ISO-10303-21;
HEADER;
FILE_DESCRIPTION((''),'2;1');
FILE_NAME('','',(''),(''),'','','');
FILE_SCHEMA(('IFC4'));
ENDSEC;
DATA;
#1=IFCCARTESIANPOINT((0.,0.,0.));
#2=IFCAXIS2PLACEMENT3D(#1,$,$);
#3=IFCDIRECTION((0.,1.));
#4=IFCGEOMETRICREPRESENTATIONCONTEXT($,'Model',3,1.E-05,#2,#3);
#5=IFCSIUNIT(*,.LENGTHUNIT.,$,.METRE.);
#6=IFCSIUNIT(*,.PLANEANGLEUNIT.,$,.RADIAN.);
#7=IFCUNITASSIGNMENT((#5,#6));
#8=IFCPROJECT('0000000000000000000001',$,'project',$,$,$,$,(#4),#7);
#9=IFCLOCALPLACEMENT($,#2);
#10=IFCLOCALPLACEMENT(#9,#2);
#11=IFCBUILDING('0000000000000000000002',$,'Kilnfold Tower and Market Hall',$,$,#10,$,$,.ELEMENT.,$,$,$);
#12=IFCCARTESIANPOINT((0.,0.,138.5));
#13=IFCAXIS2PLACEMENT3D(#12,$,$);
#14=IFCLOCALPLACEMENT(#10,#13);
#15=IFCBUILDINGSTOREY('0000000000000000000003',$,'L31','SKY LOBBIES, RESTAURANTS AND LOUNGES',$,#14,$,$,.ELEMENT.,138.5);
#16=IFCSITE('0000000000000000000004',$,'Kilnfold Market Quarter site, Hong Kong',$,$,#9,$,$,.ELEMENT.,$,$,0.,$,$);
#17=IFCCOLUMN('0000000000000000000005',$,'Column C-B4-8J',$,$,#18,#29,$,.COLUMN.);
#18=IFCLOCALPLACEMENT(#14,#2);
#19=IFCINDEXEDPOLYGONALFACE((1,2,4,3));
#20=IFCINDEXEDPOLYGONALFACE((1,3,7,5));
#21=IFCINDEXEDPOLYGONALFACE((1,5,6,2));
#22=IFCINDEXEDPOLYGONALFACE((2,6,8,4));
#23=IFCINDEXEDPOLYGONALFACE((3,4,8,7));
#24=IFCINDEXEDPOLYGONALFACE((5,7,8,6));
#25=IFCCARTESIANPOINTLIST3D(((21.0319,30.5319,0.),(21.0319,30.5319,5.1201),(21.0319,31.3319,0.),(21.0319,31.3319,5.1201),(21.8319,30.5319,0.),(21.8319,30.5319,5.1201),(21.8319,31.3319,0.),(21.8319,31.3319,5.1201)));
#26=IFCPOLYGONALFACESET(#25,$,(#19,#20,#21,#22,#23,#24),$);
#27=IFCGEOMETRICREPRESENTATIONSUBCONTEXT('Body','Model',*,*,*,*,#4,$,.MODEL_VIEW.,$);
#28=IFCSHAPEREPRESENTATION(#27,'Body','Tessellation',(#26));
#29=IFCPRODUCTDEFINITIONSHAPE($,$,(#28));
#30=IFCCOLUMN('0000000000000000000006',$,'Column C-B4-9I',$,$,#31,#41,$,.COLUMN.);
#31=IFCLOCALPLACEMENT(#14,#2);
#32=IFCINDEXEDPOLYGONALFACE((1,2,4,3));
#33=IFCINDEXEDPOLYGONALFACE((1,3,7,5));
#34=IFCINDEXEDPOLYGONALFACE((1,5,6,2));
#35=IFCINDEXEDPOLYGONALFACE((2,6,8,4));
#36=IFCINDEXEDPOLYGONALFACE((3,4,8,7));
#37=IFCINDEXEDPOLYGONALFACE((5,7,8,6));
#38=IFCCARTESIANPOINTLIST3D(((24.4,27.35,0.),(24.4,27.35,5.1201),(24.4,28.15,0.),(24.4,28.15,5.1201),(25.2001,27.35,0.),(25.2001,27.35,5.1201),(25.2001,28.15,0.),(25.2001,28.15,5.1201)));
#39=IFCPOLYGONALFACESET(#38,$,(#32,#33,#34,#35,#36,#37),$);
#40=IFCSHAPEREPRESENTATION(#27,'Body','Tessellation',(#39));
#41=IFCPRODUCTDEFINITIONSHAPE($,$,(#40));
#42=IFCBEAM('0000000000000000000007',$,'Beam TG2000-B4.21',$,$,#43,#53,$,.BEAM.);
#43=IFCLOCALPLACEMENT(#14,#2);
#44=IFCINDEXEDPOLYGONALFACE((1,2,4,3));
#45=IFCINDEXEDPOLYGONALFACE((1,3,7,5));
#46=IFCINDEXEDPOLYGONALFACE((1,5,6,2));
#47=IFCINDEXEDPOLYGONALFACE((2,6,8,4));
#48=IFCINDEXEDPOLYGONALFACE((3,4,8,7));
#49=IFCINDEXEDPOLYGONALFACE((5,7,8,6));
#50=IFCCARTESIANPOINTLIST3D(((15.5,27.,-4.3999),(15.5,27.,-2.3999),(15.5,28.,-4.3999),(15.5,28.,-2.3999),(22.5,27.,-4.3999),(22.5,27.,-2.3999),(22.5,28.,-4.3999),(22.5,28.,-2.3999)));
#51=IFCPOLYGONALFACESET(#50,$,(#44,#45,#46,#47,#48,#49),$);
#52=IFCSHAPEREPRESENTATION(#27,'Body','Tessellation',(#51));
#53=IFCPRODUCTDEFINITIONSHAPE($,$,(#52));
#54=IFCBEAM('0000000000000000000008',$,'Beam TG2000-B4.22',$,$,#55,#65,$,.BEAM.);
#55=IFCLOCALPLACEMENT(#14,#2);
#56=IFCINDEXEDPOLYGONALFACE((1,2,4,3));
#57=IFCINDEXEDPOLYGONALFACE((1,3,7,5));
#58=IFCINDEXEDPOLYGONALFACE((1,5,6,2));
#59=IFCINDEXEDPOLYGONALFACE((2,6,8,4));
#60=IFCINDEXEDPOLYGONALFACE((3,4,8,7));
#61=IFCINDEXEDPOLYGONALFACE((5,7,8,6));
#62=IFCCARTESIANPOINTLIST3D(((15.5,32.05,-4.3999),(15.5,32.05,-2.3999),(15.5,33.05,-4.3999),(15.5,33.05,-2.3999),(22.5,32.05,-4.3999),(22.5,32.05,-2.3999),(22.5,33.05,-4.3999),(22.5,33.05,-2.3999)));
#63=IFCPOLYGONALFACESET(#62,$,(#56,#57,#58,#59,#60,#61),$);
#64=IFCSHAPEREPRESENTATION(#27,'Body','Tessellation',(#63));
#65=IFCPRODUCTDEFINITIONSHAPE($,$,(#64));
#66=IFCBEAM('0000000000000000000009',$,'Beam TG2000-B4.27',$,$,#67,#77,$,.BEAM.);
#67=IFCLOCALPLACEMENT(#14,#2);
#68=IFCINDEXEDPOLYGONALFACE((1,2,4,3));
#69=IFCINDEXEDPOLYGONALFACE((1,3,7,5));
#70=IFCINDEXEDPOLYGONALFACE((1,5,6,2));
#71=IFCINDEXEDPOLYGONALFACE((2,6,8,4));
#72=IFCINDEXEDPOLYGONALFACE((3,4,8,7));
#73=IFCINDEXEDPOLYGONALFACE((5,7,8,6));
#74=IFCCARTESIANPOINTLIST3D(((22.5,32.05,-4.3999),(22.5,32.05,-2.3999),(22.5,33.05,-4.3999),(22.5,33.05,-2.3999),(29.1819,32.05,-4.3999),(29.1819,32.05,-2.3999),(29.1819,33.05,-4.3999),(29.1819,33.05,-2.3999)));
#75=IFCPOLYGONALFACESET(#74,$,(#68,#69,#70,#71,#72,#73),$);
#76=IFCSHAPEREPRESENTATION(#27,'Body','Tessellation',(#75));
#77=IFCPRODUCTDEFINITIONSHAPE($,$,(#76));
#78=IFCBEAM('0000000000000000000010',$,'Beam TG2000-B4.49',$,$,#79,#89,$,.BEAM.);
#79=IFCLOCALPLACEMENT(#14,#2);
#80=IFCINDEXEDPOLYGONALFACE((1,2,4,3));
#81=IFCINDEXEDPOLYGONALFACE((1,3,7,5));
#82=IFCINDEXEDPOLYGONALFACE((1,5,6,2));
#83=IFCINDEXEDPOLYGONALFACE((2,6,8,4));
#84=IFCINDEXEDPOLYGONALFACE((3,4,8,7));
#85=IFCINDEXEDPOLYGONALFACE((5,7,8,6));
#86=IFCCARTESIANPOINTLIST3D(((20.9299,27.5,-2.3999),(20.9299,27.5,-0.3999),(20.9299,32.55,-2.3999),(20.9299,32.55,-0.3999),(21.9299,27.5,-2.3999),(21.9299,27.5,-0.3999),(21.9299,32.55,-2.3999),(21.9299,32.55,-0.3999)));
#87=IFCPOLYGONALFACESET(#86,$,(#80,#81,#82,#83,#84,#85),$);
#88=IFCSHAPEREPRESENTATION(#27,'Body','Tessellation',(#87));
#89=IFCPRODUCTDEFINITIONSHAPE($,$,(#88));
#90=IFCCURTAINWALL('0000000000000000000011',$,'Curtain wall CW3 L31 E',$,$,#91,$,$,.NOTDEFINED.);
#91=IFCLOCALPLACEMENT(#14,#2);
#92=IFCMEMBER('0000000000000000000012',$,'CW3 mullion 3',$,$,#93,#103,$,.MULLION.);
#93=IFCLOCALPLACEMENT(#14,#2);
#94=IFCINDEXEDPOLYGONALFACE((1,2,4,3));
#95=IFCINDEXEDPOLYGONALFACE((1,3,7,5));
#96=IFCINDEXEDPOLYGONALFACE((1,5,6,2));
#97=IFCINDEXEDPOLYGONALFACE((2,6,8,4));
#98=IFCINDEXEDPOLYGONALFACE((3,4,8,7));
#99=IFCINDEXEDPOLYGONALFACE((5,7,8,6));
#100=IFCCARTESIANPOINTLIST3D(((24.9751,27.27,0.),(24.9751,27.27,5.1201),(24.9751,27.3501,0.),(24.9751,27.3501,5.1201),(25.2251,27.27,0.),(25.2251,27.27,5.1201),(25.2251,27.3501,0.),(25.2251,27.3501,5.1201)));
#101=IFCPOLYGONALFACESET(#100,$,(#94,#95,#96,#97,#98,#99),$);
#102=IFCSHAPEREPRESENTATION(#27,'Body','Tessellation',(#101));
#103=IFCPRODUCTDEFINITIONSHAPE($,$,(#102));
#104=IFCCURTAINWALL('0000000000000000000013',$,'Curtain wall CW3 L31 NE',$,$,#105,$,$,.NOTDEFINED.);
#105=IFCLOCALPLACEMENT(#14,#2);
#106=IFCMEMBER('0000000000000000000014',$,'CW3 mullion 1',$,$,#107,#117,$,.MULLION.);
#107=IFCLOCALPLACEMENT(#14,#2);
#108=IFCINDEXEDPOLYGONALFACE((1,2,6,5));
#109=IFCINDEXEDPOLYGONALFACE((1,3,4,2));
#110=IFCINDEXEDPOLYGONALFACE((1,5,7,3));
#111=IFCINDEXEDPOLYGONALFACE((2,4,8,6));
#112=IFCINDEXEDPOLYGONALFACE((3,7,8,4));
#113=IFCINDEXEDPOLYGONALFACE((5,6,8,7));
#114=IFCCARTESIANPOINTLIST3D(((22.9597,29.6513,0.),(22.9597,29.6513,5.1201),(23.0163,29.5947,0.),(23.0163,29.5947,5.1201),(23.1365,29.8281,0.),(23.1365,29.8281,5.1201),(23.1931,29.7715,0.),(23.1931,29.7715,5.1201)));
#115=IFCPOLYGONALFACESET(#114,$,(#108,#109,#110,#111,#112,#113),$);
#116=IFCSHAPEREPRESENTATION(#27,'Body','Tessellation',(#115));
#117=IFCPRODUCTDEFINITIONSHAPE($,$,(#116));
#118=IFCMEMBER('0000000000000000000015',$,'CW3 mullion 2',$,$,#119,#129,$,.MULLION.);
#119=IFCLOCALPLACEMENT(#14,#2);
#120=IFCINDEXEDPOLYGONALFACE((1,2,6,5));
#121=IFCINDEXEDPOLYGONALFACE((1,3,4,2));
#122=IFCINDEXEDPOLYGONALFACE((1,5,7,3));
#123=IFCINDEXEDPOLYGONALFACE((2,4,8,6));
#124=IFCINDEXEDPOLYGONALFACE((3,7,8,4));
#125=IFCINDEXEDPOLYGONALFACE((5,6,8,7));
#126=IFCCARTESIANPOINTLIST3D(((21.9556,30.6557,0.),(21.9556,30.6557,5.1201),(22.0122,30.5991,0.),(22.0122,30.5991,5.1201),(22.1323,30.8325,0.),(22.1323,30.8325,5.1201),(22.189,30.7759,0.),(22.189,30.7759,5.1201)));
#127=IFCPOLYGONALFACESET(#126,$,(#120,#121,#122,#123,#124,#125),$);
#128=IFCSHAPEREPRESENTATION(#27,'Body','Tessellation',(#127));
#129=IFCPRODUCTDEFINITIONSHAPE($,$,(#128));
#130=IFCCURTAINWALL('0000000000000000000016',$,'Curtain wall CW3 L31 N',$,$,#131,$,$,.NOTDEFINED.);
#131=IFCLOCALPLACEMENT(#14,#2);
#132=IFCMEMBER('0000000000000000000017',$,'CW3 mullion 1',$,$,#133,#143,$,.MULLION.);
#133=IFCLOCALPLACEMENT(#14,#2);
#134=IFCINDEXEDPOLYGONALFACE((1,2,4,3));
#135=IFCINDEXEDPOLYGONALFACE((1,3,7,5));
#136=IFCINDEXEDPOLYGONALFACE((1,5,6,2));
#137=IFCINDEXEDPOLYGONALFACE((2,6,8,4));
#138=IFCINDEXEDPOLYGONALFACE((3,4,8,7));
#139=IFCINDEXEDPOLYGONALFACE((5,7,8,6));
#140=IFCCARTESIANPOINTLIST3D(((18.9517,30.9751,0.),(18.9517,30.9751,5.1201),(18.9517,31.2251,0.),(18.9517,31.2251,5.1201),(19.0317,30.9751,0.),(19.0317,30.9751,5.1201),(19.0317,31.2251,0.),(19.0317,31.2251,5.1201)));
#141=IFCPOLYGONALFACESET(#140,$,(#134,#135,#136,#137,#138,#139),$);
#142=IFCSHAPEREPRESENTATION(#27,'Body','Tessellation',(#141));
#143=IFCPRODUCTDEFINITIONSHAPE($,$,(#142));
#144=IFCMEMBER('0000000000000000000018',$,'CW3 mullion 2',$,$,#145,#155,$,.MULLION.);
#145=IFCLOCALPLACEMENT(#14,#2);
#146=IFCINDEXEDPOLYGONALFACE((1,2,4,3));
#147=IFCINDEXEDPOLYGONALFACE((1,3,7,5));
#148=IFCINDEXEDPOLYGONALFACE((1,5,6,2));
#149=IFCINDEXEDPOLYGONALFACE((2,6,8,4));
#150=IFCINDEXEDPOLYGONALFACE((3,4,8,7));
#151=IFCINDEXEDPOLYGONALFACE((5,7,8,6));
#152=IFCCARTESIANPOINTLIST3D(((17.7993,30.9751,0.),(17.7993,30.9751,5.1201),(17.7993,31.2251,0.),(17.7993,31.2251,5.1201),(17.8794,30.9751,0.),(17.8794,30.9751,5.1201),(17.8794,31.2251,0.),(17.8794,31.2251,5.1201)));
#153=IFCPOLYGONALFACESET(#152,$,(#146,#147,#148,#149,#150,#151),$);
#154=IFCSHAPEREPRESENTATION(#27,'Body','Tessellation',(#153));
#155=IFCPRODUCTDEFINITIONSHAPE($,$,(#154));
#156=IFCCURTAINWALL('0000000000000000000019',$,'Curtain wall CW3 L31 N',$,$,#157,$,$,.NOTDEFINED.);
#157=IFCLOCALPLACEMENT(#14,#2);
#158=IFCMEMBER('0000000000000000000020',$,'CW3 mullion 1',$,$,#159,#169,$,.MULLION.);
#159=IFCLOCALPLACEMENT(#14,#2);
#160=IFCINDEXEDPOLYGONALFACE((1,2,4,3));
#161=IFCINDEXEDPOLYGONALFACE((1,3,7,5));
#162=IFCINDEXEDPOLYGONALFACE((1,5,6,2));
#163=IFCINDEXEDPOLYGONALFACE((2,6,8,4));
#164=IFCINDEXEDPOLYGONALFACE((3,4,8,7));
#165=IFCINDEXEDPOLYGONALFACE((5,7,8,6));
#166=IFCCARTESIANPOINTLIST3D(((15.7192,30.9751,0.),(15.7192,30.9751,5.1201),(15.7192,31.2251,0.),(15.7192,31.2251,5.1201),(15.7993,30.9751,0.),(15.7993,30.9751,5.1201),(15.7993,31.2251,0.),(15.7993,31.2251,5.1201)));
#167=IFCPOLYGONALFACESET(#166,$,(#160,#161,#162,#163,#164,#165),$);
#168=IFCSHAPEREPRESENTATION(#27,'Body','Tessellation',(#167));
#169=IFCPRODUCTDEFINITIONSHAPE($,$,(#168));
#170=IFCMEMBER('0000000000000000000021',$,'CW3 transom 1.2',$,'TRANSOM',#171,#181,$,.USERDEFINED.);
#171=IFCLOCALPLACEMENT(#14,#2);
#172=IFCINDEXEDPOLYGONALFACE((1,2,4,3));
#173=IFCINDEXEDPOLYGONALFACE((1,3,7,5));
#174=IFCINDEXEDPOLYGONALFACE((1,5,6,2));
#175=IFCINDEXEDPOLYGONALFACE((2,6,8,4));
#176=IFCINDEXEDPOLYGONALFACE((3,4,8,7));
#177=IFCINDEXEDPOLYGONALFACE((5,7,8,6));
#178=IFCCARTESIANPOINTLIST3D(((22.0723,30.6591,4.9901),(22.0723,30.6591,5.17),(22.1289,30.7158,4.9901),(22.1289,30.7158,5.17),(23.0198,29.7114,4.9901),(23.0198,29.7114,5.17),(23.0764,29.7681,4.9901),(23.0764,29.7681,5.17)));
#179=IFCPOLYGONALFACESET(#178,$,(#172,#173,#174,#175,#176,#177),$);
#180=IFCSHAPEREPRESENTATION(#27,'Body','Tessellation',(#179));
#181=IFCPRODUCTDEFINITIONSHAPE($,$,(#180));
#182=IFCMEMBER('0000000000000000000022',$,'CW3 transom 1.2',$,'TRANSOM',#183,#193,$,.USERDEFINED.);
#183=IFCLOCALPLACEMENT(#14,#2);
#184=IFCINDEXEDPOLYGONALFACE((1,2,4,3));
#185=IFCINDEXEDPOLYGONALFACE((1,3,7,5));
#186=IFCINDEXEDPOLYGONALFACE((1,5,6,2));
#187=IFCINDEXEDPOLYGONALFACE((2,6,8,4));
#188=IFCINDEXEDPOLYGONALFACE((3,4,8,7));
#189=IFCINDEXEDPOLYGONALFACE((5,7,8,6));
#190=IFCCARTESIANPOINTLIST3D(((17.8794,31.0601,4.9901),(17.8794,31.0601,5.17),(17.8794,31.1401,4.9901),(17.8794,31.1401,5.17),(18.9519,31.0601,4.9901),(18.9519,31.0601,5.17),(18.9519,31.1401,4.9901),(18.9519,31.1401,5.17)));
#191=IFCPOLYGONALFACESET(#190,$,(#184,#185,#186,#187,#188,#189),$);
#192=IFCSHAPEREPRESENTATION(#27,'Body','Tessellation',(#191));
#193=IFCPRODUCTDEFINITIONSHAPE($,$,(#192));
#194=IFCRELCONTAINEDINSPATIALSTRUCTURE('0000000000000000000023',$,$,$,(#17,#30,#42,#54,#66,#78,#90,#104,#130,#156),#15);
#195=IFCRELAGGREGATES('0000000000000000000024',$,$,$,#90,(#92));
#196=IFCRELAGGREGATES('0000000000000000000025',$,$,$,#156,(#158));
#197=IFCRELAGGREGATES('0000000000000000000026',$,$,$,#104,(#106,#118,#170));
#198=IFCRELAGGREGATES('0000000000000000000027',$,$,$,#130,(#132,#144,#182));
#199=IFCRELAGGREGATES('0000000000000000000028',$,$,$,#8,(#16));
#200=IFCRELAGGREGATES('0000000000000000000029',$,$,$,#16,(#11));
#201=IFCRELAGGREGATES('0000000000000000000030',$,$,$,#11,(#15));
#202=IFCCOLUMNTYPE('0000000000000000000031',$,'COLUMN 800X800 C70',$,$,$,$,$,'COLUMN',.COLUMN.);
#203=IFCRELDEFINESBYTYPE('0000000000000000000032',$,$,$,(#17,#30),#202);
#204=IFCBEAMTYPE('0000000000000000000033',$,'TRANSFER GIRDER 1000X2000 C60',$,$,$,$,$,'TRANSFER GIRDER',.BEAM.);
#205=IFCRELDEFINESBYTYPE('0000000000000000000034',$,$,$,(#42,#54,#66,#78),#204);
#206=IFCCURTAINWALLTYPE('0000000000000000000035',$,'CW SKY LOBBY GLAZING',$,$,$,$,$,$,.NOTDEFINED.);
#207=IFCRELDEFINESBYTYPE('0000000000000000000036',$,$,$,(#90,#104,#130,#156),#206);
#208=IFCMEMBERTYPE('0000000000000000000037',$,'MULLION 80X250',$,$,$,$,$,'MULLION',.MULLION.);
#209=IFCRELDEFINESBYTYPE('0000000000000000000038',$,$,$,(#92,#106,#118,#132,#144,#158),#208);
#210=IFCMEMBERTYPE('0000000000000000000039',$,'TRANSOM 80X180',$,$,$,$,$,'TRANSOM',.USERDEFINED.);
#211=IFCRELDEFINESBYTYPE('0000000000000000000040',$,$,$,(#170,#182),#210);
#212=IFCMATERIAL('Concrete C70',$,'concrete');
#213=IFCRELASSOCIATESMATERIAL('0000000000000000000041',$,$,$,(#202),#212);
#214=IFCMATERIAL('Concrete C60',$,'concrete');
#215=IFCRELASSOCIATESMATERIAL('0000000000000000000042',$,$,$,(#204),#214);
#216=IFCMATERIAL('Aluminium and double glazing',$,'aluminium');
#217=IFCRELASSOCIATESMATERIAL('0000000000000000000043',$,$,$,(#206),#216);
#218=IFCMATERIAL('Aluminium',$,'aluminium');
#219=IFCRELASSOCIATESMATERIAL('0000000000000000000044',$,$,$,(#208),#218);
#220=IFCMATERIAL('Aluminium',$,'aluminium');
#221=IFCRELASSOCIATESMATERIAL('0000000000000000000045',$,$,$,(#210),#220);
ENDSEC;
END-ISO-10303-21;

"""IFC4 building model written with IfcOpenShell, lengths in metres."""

from ifc_helpers import new_model, si_unit, direction, frame, origin, origin_2d, place, context, subcontext, project, spatial, rectangle, extrude, source, transform, mapped, material, material_profile, profile_set, type_object, element, aggregate, save


model = new_model("IFC4")

# Units and contexts
model_context = context("Model", 3, precision=1e-05, world=origin(), true_north=direction((0.0, 1.0)))
body_context = subcontext(model_context, "Body", "Model", "MODEL_VIEW")
ifc_project = project(units=[si_unit("LENGTHUNIT", "METRE"), si_unit("PLANEANGLEUNIT", "RADIAN")], contexts=[model_context])

# Site, building, storey
site_placement = place(None, origin())
site = spatial("IfcSite", under=ifc_project, at=site_placement, Name="Kilnfold Market Quarter site, Hong Kong", CompositionType="ELEMENT", RefElevation=0.0)
building_placement = place(site_placement, origin())
building = spatial("IfcBuilding", under=site, at=building_placement, Name="Kilnfold Tower and Market Hall", CompositionType="ELEMENT")
storey_placement = place(building_placement, frame((0.0, 0.0, 138.5)))
storey = spatial("IfcBuildingStorey", under=building, at=storey_placement, Name="L31", Description="SKY LOBBIES, RESTAURANTS AND LOUNGES", CompositionType="ELEMENT", Elevation=138.5)

# Columns
ifc_material_1 = material(Name="Concrete C70", Category="concrete")
ifc_material_profile_1 = material_profile(ifc_material_1, rectangle(XDim=0.8, YDim=0.8, at=origin_2d()), Name="RC 800x800")
ifc_profile_set_1 = profile_set([ifc_material_profile_1], Name="Concrete C70")
column_type = type_object("IfcColumnType", Name="COLUMN 800X800 C70", ElementType="COLUMN", PredefinedType="COLUMN", material=ifc_profile_set_1)
shared_shape_1 = source(origin(), body_context, "Body", "SweptSolid", [
    extrude(rectangle(XDim=0.8, YDim=0.8, at=origin_2d()), origin(), (0.0, 0.0, 1.0), 5.1201),
])
for number, where, z_axis, x_axis, name in (
    (1, (21.4319, 30.9319, 0.0), (0.0, 0.0, 1.0), (1.0, 0.0, 0.0), "Column C-B4-8J"),
    (2, (24.8, 27.75, 0.0), (0.0, 0.0, 1.0), (1.0, 0.0, 0.0), "Column C-B4-9I"),
):
    element("IfcColumn", number, at=place(storey_placement, frame(where, z_axis=z_axis, x_axis=x_axis)), inside=storey, type_object=column_type, Name=name, PredefinedType="COLUMN", context=body_context, shape_type="MappedRepresentation", body=[
        mapped(shared_shape_1, transform((0.0, 0.0, 0.0))),
    ])

# Beams
ifc_material_2 = material(Name="Concrete C60", Category="concrete")
ifc_material_profile_2 = material_profile(ifc_material_2, rectangle(XDim=1.0, YDim=2.0, at=origin_2d()), Name="RC 1000x2000")
ifc_profile_set_2 = profile_set([ifc_material_profile_2], Name="Concrete C60")
beam_type = type_object("IfcBeamType", Name="TRANSFER GIRDER 1000X2000 C60", ElementType="TRANSFER GIRDER", PredefinedType="BEAM", material=ifc_profile_set_2)
shared_shape_2 = source(origin(), body_context, "Body", "SweptSolid", [
    extrude(rectangle(XDim=1.0, YDim=2.0, at=origin_2d()), origin(), (0.0, 0.0, 1.0), 7.0),
])
for number, where, z_axis, x_axis, name in (
    (3, (15.5, 27.5, -3.3999), (1.0, 0.0, 0.0), (0.0, 1.0, 0.0), "Beam TG2000-B4.21"),
    (4, (15.5, 32.55, -3.3999), (1.0, 0.0, 0.0), (0.0, 1.0, 0.0), "Beam TG2000-B4.22"),
):
    element("IfcBeam", number, at=place(storey_placement, frame(where, z_axis=z_axis, x_axis=x_axis)), inside=storey, type_object=beam_type, Name=name, PredefinedType="BEAM", context=body_context, shape_type="MappedRepresentation", body=[
        mapped(shared_shape_2, transform((0.0, 0.0, 0.0))),
    ])
shared_shape_3 = source(origin(), body_context, "Body", "SweptSolid", [
    extrude(rectangle(XDim=1.0, YDim=2.0, at=origin_2d()), origin(), (0.0, 0.0, 1.0), 6.6819),
])
beam_1_placement = place(storey_placement, frame((22.5, 32.55, -3.3999), z_axis=(1.0, 0.0, 0.0), x_axis=(0.0, 1.0, 0.0)))
element("IfcBeam", 5, at=beam_1_placement, inside=storey, type_object=beam_type, Name="Beam TG2000-B4.27", PredefinedType="BEAM", context=body_context, shape_type="MappedRepresentation", body=[
    mapped(shared_shape_3, transform((0.0, 0.0, 0.0))),
])
shared_shape_4 = source(origin(), body_context, "Body", "SweptSolid", [
    extrude(rectangle(XDim=1.0, YDim=2.0, at=origin_2d()), origin(), (0.0, 0.0, 1.0), 5.05),
])
beam_2_placement = place(storey_placement, frame((21.4299, 27.5, -1.3999), z_axis=(0.0, 1.0, 0.0), x_axis=(-1.0, 0.0, 0.0)))
element("IfcBeam", 6, at=beam_2_placement, inside=storey, type_object=beam_type, Name="Beam TG2000-B4.49", PredefinedType="BEAM", context=body_context, shape_type="MappedRepresentation", body=[
    mapped(shared_shape_4, transform((0.0, 0.0, 0.0))),
])

# Curtain wall, member
ifc_material_3 = material(Name="Aluminium and double glazing", Category="aluminium")
curtain_wall_type = type_object("IfcCurtainWallType", Name="CW SKY LOBBY GLAZING", PredefinedType="NOTDEFINED", material=ifc_material_3)
curtain_wall_1_placement = place(storey_placement, origin())
curtain_wall_1 = element("IfcCurtainWall", 7, at=curtain_wall_1_placement, inside=storey, type_object=curtain_wall_type, Name="Curtain wall CW3 L31 E", PredefinedType="NOTDEFINED")
ifc_material_4 = material(Name="Aluminium", Category="aluminium")
ifc_material_profile_3 = material_profile(ifc_material_4, rectangle(XDim=0.0801, YDim=0.25, at=origin_2d()), Name="MULLION 80x250")
ifc_profile_set_3 = profile_set([ifc_material_profile_3], Name="Aluminium")
member_type_1 = type_object("IfcMemberType", Name="MULLION 80X250", ElementType="MULLION", PredefinedType="MULLION", material=ifc_profile_set_3)
shared_shape_5 = source(origin(), body_context, "Body", "SweptSolid", [
    extrude(rectangle(XDim=0.0801, YDim=0.25, at=origin_2d()), origin(), (0.0, 0.0, 1.0), 5.1201),
])
member_1_placement = place(storey_placement, frame((25.1001, 27.3101, 0.0), z_axis=(0.0, 0.0, 1.0), x_axis=(0.0, 1.0, 0.0)))
member_1 = element("IfcMember", 8, at=member_1_placement, type_object=member_type_1, Name="CW3 mullion 3", PredefinedType="MULLION", context=body_context, shape_type="MappedRepresentation", body=[
    mapped(shared_shape_5, transform((0.0, 0.0, 0.0))),
])
aggregate(curtain_wall_1, [member_1])

# Curtain walls, members
curtain_wall_2_placement = place(storey_placement, origin())
curtain_wall_2 = element("IfcCurtainWall", 9, at=curtain_wall_2_placement, inside=storey, type_object=curtain_wall_type, Name="Curtain wall CW3 L31 NE", PredefinedType="NOTDEFINED")
member_2_placement = place(storey_placement, frame((23.0764, 29.7114, 0.0), z_axis=(0.0, 0.0, 1.0), x_axis=(-0.707107, 0.707107, 0.0)))
member_2 = element("IfcMember", 10, at=member_2_placement, type_object=member_type_1, Name="CW3 mullion 1", PredefinedType="MULLION", context=body_context, shape_type="MappedRepresentation", body=[
    mapped(shared_shape_5, transform((0.0, 0.0, 0.0))),
])
member_3_placement = place(storey_placement, frame((22.0723, 30.7158, 0.0), z_axis=(0.0, 0.0, 1.0), x_axis=(-0.707107, 0.707107, 0.0)))
member_3 = element("IfcMember", 11, at=member_3_placement, type_object=member_type_1, Name="CW3 mullion 2", PredefinedType="MULLION", context=body_context, shape_type="MappedRepresentation", body=[
    mapped(shared_shape_5, transform((0.0, 0.0, 0.0))),
])
curtain_wall_3_placement = place(storey_placement, origin())
curtain_wall_3 = element("IfcCurtainWall", 12, at=curtain_wall_3_placement, inside=storey, type_object=curtain_wall_type, Name="Curtain wall CW3 L31 N", PredefinedType="NOTDEFINED")
member_4_placement = place(storey_placement, frame((18.9917, 31.1001, 0.0), z_axis=(0.0, 0.0, 1.0), x_axis=(-1.0, 0.0, 0.0)))
member_4 = element("IfcMember", 13, at=member_4_placement, type_object=member_type_1, Name="CW3 mullion 1", PredefinedType="MULLION", context=body_context, shape_type="MappedRepresentation", body=[
    mapped(shared_shape_5, transform((0.0, 0.0, 0.0))),
])
member_5_placement = place(storey_placement, frame((17.8394, 31.1001, 0.0), z_axis=(0.0, 0.0, 1.0), x_axis=(-1.0, 0.0, 0.0)))
member_5 = element("IfcMember", 14, at=member_5_placement, type_object=member_type_1, Name="CW3 mullion 2", PredefinedType="MULLION", context=body_context, shape_type="MappedRepresentation", body=[
    mapped(shared_shape_5, transform((0.0, 0.0, 0.0))),
])

# Curtain wall, member
curtain_wall_4_placement = place(storey_placement, origin())
curtain_wall_4 = element("IfcCurtainWall", 15, at=curtain_wall_4_placement, inside=storey, type_object=curtain_wall_type, Name="Curtain wall CW3 L31 N", PredefinedType="NOTDEFINED")
member_6_placement = place(storey_placement, frame((15.7593, 31.1001, 0.0), z_axis=(0.0, 0.0, 1.0), x_axis=(-1.0, 0.0, 0.0)))
member_6 = element("IfcMember", 16, at=member_6_placement, type_object=member_type_1, Name="CW3 mullion 1", PredefinedType="MULLION", context=body_context, shape_type="MappedRepresentation", body=[
    mapped(shared_shape_5, transform((0.0, 0.0, 0.0))),
])

# Members
ifc_material_5 = material(Name="Aluminium", Category="aluminium")
ifc_material_profile_4 = material_profile(ifc_material_5, rectangle(XDim=0.0801, YDim=0.1799, at=origin_2d()), Name="TRANSOM 80x180")
ifc_profile_set_4 = profile_set([ifc_material_profile_4], Name="Aluminium")
member_type_2 = type_object("IfcMemberType", Name="TRANSOM 80X180", ElementType="TRANSOM", PredefinedType="USERDEFINED", material=ifc_profile_set_4)
shared_shape_6 = source(origin(), body_context, "Body", "SweptSolid", [
    extrude(rectangle(XDim=0.0801, YDim=0.1799, at=origin_2d()), origin(), (0.0, 0.0, 1.0), 1.3401),
])
member_7_placement = place(storey_placement, frame((23.0481, 29.7397, 5.0801), z_axis=(-0.707016, 0.707198, 0.0), x_axis=(-0.707198, -0.707016, 0.0)))
member_7 = element("IfcMember", 17, at=member_7_placement, type_object=member_type_2, Name="CW3 transom 1.2", ObjectType="TRANSOM", PredefinedType="USERDEFINED", context=body_context, shape_type="MappedRepresentation", body=[
    mapped(shared_shape_6, transform((0.0, 0.0, 0.0))),
])
shared_shape_7 = source(origin(), body_context, "Body", "SweptSolid", [
    extrude(rectangle(XDim=0.0801, YDim=0.1799, at=origin_2d()), origin(), (0.0, 0.0, 1.0), 1.0725),
])
member_8_placement = place(storey_placement, frame((18.9519, 31.1001, 5.0801), z_axis=(-1.0, 0.0, 0.0), x_axis=(0.0, -1.0, 0.0)))
member_8 = element("IfcMember", 18, at=member_8_placement, type_object=member_type_2, Name="CW3 transom 1.2", ObjectType="TRANSOM", PredefinedType="USERDEFINED", context=body_context, shape_type="MappedRepresentation", body=[
    mapped(shared_shape_7, transform((0.0, 0.0, 0.0))),
])
aggregate(curtain_wall_4, [member_6])

aggregate(curtain_wall_2, [member_2, member_3, member_7])
aggregate(curtain_wall_3, [member_4, member_5, member_8])

save(model, "model.ifc")
